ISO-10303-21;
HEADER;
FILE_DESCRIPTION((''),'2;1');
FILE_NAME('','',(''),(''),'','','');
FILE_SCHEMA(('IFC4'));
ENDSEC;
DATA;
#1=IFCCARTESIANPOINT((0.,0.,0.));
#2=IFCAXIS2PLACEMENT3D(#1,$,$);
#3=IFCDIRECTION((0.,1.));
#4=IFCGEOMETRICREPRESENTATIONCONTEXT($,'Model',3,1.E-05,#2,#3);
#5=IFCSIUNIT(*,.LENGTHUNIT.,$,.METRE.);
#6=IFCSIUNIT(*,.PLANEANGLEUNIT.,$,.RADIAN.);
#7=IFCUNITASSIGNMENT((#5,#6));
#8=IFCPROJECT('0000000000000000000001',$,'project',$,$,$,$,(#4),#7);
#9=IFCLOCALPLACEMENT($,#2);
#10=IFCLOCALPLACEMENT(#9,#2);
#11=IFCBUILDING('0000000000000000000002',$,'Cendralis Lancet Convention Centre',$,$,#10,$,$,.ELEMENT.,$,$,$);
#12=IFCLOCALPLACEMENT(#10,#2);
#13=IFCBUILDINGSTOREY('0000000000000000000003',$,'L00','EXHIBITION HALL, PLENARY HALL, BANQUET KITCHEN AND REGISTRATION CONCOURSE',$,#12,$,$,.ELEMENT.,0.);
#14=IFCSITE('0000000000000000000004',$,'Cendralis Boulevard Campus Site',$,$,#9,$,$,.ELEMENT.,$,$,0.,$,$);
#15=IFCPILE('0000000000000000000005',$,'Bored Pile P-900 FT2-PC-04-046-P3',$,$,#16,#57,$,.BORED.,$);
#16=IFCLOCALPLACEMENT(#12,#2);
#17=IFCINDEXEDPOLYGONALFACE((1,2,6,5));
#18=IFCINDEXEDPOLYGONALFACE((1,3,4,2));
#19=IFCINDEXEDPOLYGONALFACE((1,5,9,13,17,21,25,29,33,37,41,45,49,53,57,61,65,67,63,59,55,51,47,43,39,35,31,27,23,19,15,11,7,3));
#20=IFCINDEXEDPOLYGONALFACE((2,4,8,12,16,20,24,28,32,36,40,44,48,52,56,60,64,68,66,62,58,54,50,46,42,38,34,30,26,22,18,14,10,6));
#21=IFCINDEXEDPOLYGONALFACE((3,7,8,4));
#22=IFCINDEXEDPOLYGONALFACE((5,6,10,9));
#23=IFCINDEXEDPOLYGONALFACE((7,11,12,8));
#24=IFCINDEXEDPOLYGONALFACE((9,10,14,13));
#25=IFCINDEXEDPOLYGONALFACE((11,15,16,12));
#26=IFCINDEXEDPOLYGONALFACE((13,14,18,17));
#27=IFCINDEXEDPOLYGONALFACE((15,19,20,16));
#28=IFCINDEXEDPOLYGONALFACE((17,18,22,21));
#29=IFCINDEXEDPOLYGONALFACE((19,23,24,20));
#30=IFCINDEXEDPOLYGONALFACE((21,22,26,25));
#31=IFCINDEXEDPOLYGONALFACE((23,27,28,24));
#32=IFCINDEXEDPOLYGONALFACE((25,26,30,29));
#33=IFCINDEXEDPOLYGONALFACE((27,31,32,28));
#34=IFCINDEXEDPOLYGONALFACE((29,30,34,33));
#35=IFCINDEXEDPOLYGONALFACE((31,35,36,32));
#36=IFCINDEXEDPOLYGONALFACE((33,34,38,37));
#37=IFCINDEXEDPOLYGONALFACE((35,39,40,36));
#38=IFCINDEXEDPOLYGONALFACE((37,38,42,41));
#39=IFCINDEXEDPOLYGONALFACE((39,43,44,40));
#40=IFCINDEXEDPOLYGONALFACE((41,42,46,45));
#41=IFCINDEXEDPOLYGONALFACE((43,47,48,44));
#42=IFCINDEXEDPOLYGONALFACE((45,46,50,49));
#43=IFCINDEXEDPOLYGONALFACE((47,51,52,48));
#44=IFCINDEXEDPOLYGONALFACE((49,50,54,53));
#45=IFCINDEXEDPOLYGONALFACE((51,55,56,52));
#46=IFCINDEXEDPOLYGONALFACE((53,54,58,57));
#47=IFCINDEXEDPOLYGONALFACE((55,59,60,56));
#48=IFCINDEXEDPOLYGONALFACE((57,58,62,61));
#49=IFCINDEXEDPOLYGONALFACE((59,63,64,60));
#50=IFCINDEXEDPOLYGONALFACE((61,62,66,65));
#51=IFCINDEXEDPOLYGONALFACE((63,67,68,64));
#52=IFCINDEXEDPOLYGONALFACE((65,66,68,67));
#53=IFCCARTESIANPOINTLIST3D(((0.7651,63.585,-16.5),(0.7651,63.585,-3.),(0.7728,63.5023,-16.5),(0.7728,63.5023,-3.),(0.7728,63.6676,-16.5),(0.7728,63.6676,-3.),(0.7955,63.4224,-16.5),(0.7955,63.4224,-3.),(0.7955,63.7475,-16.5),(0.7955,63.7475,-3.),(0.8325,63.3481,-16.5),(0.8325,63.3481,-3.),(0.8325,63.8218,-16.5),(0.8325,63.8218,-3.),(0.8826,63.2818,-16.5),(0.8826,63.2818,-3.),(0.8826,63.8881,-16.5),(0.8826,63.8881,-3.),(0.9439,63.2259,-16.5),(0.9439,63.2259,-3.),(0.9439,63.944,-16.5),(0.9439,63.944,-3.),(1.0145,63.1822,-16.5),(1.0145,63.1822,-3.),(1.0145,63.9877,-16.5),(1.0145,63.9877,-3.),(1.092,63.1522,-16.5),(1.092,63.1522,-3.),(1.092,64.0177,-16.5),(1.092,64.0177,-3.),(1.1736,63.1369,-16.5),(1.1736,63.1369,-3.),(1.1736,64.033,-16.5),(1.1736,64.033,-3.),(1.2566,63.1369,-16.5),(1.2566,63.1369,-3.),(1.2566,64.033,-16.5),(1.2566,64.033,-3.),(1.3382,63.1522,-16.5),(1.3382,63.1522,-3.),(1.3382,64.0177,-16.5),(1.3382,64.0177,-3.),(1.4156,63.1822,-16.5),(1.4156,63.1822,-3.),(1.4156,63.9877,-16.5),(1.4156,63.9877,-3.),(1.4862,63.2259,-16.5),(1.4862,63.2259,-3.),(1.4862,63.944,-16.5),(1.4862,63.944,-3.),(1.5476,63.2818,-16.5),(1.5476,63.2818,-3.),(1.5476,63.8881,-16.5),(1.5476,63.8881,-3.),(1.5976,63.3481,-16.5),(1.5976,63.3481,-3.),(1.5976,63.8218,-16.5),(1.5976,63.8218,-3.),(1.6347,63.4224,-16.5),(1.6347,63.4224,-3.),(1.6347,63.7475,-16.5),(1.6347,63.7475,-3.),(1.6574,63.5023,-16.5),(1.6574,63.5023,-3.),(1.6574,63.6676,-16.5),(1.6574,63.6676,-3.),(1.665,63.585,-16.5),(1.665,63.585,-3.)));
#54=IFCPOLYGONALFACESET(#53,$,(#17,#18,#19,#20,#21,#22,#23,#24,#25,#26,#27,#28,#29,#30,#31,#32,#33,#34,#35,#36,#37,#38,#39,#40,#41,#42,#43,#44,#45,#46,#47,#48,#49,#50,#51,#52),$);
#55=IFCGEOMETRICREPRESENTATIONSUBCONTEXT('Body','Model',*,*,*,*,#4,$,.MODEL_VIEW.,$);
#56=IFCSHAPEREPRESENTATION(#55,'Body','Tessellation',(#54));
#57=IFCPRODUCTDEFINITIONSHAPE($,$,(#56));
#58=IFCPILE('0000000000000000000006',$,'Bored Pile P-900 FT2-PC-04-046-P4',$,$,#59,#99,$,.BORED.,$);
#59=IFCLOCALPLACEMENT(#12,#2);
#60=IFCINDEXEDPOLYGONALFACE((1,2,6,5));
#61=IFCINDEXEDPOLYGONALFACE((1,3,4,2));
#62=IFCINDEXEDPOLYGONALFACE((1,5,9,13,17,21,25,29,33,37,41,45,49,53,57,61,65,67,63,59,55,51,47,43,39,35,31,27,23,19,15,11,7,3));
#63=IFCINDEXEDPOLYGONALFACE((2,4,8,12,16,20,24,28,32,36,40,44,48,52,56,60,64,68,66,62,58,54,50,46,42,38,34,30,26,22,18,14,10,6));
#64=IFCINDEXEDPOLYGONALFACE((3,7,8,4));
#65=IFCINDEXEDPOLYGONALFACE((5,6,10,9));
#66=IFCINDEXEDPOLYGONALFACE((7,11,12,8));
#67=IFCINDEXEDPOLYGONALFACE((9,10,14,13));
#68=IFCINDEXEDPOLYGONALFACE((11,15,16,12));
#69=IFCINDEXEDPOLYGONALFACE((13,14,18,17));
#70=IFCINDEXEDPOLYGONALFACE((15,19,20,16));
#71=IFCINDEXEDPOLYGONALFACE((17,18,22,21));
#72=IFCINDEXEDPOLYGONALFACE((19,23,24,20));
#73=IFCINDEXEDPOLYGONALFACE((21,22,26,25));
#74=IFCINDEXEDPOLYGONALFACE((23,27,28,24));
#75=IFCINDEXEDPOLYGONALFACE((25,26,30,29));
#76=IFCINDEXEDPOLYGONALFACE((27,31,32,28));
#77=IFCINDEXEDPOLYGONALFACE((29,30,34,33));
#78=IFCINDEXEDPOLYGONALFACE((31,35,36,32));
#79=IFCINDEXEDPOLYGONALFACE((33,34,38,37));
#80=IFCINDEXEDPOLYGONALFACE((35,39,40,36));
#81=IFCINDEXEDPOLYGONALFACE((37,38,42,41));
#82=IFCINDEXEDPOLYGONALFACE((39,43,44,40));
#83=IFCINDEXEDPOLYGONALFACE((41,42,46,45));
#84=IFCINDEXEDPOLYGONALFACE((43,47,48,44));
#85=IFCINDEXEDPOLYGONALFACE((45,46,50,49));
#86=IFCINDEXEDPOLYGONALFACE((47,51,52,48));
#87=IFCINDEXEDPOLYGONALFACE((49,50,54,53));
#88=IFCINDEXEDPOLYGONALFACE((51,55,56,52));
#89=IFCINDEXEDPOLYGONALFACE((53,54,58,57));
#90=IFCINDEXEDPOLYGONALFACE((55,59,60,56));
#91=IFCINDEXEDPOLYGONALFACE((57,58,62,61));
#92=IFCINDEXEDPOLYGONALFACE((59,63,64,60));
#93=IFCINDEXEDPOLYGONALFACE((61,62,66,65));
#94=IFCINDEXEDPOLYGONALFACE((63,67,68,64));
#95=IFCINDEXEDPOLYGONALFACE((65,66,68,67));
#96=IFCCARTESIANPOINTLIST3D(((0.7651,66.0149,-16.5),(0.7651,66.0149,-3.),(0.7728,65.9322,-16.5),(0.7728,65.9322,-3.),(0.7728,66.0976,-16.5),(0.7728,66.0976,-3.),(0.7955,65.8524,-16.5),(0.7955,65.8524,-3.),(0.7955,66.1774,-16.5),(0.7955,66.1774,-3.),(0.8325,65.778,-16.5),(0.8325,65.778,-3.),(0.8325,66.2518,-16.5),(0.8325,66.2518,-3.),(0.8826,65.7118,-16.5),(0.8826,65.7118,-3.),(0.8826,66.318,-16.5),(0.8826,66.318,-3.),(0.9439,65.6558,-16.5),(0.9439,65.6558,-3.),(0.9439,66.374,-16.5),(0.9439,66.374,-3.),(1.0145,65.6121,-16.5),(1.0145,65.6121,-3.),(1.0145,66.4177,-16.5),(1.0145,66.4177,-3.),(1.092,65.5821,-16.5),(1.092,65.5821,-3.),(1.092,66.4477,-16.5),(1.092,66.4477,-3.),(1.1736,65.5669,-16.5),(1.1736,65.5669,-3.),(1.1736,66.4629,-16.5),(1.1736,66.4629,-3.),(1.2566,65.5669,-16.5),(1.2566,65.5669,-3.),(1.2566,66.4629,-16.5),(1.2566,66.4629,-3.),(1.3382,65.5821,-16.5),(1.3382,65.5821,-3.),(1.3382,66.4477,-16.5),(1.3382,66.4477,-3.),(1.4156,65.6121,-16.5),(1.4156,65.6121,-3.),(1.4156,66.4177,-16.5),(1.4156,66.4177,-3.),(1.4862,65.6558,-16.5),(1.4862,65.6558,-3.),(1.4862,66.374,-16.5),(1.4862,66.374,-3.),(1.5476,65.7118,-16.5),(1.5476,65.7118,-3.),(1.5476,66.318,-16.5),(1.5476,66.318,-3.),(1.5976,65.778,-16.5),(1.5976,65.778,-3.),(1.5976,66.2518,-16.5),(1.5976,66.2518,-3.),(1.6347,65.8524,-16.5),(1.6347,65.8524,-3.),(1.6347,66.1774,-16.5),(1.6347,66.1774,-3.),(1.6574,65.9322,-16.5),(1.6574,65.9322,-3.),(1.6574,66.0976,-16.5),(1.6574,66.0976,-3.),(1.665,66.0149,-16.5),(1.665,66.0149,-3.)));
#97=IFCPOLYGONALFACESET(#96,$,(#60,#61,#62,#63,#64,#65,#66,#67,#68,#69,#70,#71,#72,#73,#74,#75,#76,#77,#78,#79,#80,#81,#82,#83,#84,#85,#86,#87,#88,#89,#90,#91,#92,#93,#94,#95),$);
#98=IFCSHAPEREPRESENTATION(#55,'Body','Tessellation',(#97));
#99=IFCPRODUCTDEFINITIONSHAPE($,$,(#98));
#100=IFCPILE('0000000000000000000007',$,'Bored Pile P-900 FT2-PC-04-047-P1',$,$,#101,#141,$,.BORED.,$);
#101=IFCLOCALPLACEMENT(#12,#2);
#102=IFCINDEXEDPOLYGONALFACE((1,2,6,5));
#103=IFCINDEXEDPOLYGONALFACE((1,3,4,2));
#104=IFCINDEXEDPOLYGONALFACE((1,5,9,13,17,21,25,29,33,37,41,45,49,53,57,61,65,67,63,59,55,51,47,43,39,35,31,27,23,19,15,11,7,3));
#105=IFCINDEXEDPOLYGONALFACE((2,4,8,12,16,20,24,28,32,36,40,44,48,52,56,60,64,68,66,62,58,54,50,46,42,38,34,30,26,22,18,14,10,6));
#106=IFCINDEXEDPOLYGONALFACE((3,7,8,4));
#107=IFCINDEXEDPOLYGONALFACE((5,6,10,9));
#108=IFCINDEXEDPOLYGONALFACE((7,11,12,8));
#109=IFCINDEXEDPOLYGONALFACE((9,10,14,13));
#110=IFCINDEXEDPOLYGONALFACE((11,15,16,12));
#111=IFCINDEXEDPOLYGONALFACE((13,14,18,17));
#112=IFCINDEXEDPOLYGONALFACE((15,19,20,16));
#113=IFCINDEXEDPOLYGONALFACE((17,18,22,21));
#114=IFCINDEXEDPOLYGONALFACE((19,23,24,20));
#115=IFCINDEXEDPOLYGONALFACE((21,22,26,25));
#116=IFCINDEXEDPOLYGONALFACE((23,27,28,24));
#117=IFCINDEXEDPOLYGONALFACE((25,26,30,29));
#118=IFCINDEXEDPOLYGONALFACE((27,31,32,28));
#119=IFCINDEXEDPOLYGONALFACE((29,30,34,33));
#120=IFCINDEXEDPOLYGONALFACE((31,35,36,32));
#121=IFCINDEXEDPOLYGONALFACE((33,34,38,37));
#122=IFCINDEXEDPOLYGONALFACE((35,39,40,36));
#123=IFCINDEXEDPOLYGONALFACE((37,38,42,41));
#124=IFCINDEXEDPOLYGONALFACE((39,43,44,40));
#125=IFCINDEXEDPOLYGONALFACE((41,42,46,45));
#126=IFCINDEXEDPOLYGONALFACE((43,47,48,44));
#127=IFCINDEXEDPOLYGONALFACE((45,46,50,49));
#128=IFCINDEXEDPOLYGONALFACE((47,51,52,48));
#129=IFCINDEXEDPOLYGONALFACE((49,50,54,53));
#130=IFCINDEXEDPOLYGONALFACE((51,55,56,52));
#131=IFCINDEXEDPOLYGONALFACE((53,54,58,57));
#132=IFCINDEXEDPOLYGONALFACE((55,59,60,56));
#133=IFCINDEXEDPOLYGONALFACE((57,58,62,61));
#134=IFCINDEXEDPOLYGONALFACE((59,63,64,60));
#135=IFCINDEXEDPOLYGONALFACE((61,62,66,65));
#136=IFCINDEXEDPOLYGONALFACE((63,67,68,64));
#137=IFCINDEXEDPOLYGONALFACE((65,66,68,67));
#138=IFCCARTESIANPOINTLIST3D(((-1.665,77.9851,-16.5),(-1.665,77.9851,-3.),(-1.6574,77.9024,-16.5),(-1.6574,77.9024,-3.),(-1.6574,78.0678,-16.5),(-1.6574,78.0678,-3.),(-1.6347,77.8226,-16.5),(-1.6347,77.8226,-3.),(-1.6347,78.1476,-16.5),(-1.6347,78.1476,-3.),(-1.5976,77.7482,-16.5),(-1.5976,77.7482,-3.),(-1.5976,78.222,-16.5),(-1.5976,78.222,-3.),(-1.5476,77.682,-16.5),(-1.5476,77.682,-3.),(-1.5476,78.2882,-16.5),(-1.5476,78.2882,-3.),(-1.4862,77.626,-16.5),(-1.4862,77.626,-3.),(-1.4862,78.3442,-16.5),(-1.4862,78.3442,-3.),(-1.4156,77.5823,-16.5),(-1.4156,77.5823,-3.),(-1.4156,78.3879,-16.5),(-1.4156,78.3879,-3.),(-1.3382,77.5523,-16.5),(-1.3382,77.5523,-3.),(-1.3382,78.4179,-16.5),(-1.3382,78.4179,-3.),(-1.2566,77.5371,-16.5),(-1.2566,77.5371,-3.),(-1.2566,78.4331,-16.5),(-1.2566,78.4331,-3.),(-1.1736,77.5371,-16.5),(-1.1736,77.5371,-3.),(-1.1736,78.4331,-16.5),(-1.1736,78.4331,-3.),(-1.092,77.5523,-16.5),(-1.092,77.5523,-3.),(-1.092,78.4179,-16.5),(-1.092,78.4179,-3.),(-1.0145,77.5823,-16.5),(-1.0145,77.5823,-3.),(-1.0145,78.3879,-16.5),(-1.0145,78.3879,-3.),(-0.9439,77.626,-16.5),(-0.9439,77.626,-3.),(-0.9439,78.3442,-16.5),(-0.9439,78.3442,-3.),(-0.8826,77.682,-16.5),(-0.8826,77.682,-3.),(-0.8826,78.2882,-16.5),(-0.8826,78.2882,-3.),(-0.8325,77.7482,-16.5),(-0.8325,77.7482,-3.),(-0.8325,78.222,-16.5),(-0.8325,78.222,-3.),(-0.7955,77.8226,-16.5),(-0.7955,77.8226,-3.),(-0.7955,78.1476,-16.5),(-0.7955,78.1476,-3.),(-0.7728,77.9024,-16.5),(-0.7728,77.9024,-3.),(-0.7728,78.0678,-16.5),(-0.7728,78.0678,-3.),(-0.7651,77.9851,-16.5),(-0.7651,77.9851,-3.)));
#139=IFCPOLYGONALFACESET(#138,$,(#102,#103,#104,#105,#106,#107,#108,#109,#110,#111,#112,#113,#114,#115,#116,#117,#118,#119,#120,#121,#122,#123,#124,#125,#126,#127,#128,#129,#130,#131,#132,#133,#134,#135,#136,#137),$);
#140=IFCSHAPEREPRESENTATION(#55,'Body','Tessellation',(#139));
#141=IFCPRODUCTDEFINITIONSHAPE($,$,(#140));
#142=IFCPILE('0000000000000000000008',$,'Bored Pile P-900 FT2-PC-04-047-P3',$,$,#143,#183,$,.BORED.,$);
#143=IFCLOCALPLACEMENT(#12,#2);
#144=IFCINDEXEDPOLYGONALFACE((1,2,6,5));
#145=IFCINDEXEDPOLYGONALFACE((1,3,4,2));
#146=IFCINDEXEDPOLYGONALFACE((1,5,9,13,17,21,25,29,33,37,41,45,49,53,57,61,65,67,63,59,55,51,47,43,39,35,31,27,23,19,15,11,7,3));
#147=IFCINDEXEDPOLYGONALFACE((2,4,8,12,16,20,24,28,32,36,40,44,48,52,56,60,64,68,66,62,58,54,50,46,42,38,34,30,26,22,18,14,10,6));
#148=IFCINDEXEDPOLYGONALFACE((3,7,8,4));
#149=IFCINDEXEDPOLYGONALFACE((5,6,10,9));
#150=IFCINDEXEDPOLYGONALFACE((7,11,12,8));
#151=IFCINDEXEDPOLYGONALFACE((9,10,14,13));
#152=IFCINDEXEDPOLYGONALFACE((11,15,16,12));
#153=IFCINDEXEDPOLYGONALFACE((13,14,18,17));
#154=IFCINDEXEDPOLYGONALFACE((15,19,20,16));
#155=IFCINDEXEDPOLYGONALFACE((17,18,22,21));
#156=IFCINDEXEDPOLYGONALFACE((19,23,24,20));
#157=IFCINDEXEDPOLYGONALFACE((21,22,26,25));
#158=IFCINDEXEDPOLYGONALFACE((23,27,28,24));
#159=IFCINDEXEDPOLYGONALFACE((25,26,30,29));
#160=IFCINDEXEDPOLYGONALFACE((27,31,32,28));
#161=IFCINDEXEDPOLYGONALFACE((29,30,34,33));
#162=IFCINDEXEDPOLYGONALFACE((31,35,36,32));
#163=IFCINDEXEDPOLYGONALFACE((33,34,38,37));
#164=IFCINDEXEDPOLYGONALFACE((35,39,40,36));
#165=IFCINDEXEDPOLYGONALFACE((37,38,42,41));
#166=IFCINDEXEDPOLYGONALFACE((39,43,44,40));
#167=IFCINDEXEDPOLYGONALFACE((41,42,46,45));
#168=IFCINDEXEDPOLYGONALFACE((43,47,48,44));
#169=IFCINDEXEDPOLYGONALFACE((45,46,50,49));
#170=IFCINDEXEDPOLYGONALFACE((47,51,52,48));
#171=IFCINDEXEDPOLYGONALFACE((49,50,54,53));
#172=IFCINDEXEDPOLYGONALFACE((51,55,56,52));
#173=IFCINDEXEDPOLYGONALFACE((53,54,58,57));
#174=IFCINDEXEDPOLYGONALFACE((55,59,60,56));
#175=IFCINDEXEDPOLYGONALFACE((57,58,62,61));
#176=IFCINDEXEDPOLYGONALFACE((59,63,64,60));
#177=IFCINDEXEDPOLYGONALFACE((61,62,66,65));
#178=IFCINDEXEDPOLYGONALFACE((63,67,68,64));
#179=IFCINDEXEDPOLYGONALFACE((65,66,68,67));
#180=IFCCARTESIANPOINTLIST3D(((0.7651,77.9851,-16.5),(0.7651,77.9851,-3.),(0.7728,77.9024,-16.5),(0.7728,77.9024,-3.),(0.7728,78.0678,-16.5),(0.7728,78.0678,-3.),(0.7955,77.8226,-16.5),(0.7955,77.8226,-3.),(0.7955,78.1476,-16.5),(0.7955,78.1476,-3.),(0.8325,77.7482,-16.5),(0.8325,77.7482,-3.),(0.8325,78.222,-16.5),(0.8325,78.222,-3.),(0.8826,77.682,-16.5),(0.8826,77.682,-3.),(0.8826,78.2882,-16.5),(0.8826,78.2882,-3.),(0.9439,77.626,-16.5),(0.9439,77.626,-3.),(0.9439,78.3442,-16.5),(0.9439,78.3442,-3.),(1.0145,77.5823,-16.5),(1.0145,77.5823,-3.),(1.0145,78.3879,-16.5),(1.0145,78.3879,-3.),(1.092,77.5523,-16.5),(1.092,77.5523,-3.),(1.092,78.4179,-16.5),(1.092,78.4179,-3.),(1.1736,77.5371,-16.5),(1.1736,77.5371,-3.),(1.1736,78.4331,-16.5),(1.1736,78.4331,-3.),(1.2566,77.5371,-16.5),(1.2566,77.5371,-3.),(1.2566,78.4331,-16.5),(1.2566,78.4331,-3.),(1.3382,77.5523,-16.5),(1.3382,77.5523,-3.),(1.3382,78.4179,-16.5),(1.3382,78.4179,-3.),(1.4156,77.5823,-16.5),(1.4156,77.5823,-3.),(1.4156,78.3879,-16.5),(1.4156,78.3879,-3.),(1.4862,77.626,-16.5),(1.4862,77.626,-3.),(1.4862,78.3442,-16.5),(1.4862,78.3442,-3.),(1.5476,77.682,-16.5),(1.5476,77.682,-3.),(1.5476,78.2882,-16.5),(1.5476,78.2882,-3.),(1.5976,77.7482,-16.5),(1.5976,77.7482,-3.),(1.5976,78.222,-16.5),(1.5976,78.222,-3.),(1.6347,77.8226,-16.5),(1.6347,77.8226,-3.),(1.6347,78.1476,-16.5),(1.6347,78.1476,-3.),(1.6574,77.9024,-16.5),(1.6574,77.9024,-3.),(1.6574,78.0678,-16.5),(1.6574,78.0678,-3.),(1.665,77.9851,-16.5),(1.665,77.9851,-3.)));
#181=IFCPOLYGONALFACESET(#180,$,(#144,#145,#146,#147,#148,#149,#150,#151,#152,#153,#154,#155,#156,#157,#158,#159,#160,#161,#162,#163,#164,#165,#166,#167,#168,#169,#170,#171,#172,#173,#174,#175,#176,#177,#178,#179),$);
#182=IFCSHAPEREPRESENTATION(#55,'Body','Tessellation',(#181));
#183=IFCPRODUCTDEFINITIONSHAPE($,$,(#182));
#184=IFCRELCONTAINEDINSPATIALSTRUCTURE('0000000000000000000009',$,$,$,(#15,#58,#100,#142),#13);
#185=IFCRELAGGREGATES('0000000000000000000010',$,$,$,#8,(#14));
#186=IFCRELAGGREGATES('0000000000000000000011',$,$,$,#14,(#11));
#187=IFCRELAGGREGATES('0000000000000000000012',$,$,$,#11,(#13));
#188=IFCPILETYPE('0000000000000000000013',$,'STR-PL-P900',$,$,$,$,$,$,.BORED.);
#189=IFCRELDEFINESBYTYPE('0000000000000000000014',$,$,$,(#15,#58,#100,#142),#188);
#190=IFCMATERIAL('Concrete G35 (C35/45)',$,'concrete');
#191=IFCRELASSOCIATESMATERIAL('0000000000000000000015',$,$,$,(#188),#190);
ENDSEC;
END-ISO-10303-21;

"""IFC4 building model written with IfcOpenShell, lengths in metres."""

from ifc_helpers import new_model, si_unit, direction, frame, origin, origin_2d, place, context, subcontext, project, spatial, circle, extrude, material, material_profile, profile_set, type_object, element, save


model = new_model("IFC4")

# Units and contexts
model_context = context("Model", 3, precision=1e-05, world=origin(), true_north=direction((0.0, 1.0)))
body_context = subcontext(model_context, "Body", "Model", "MODEL_VIEW")
ifc_project = project(units=[si_unit("LENGTHUNIT", "METRE"), si_unit("PLANEANGLEUNIT", "RADIAN")], contexts=[model_context])

# Site, building, storey
site_placement = place(None, origin())
site = spatial("IfcSite", under=ifc_project, at=site_placement, Name="Cendralis Boulevard Campus Site", CompositionType="ELEMENT", RefElevation=0.0)
building_placement = place(site_placement, origin())
building = spatial("IfcBuilding", under=site, at=building_placement, Name="Cendralis Lancet Convention Centre", CompositionType="ELEMENT")
storey_placement = place(building_placement, origin())
storey = spatial("IfcBuildingStorey", under=building, at=storey_placement, Name="L00", Description="EXHIBITION HALL, PLENARY HALL, BANQUET KITCHEN AND REGISTRATION CONCOURSE", CompositionType="ELEMENT", Elevation=0.0)

# Shared definitions
ifc_material_1 = material(Name="Concrete G35 (C35/45)", Category="concrete")

# Piles
ifc_material_profile_1 = material_profile(ifc_material_1, circle(Radius=0.45, at=origin_2d()), Name="BORED PILE D900")
ifc_profile_set_1 = profile_set([ifc_material_profile_1], Name="Concrete G35 (C35/45)")
pile_type_1 = type_object("IfcPileType", Name="STR-PL-P900", PredefinedType="BORED", material=ifc_profile_set_1)
for number, where, z_axis, x_axis, name in (
    (1, (1.2151, 63.585, -3.0), (0.0, 0.0, -1.0), (1.0, 0.0, 0.0), "Bored Pile P-900 FT2-PC-04-046-P3"),
    (2, (1.2151, 66.0149, -3.0), (0.0, 0.0, -1.0), (1.0, 0.0, 0.0), "Bored Pile P-900 FT2-PC-04-046-P4"),
    (3, (-1.2151, 77.9851, -3.0), (0.0, 0.0, -1.0), (1.0, 0.0, 0.0), "Bored Pile P-900 FT2-PC-04-047-P1"),
    (4, (1.2151, 77.9851, -3.0), (0.0, 0.0, -1.0), (1.0, 0.0, 0.0), "Bored Pile P-900 FT2-PC-04-047-P3"),
):
    element("IfcPile", number, at=place(storey_placement, frame(where, z_axis=z_axis, x_axis=x_axis)), inside=storey, type_object=pile_type_1, Name=name, PredefinedType="BORED", context=body_context, shape_type="SweptSolid", body=[
        extrude(circle(Radius=0.45, at=origin_2d()), origin(), (0.0, 0.0, 1.0), 13.5),
    ])

save(model, "model.ifc")
